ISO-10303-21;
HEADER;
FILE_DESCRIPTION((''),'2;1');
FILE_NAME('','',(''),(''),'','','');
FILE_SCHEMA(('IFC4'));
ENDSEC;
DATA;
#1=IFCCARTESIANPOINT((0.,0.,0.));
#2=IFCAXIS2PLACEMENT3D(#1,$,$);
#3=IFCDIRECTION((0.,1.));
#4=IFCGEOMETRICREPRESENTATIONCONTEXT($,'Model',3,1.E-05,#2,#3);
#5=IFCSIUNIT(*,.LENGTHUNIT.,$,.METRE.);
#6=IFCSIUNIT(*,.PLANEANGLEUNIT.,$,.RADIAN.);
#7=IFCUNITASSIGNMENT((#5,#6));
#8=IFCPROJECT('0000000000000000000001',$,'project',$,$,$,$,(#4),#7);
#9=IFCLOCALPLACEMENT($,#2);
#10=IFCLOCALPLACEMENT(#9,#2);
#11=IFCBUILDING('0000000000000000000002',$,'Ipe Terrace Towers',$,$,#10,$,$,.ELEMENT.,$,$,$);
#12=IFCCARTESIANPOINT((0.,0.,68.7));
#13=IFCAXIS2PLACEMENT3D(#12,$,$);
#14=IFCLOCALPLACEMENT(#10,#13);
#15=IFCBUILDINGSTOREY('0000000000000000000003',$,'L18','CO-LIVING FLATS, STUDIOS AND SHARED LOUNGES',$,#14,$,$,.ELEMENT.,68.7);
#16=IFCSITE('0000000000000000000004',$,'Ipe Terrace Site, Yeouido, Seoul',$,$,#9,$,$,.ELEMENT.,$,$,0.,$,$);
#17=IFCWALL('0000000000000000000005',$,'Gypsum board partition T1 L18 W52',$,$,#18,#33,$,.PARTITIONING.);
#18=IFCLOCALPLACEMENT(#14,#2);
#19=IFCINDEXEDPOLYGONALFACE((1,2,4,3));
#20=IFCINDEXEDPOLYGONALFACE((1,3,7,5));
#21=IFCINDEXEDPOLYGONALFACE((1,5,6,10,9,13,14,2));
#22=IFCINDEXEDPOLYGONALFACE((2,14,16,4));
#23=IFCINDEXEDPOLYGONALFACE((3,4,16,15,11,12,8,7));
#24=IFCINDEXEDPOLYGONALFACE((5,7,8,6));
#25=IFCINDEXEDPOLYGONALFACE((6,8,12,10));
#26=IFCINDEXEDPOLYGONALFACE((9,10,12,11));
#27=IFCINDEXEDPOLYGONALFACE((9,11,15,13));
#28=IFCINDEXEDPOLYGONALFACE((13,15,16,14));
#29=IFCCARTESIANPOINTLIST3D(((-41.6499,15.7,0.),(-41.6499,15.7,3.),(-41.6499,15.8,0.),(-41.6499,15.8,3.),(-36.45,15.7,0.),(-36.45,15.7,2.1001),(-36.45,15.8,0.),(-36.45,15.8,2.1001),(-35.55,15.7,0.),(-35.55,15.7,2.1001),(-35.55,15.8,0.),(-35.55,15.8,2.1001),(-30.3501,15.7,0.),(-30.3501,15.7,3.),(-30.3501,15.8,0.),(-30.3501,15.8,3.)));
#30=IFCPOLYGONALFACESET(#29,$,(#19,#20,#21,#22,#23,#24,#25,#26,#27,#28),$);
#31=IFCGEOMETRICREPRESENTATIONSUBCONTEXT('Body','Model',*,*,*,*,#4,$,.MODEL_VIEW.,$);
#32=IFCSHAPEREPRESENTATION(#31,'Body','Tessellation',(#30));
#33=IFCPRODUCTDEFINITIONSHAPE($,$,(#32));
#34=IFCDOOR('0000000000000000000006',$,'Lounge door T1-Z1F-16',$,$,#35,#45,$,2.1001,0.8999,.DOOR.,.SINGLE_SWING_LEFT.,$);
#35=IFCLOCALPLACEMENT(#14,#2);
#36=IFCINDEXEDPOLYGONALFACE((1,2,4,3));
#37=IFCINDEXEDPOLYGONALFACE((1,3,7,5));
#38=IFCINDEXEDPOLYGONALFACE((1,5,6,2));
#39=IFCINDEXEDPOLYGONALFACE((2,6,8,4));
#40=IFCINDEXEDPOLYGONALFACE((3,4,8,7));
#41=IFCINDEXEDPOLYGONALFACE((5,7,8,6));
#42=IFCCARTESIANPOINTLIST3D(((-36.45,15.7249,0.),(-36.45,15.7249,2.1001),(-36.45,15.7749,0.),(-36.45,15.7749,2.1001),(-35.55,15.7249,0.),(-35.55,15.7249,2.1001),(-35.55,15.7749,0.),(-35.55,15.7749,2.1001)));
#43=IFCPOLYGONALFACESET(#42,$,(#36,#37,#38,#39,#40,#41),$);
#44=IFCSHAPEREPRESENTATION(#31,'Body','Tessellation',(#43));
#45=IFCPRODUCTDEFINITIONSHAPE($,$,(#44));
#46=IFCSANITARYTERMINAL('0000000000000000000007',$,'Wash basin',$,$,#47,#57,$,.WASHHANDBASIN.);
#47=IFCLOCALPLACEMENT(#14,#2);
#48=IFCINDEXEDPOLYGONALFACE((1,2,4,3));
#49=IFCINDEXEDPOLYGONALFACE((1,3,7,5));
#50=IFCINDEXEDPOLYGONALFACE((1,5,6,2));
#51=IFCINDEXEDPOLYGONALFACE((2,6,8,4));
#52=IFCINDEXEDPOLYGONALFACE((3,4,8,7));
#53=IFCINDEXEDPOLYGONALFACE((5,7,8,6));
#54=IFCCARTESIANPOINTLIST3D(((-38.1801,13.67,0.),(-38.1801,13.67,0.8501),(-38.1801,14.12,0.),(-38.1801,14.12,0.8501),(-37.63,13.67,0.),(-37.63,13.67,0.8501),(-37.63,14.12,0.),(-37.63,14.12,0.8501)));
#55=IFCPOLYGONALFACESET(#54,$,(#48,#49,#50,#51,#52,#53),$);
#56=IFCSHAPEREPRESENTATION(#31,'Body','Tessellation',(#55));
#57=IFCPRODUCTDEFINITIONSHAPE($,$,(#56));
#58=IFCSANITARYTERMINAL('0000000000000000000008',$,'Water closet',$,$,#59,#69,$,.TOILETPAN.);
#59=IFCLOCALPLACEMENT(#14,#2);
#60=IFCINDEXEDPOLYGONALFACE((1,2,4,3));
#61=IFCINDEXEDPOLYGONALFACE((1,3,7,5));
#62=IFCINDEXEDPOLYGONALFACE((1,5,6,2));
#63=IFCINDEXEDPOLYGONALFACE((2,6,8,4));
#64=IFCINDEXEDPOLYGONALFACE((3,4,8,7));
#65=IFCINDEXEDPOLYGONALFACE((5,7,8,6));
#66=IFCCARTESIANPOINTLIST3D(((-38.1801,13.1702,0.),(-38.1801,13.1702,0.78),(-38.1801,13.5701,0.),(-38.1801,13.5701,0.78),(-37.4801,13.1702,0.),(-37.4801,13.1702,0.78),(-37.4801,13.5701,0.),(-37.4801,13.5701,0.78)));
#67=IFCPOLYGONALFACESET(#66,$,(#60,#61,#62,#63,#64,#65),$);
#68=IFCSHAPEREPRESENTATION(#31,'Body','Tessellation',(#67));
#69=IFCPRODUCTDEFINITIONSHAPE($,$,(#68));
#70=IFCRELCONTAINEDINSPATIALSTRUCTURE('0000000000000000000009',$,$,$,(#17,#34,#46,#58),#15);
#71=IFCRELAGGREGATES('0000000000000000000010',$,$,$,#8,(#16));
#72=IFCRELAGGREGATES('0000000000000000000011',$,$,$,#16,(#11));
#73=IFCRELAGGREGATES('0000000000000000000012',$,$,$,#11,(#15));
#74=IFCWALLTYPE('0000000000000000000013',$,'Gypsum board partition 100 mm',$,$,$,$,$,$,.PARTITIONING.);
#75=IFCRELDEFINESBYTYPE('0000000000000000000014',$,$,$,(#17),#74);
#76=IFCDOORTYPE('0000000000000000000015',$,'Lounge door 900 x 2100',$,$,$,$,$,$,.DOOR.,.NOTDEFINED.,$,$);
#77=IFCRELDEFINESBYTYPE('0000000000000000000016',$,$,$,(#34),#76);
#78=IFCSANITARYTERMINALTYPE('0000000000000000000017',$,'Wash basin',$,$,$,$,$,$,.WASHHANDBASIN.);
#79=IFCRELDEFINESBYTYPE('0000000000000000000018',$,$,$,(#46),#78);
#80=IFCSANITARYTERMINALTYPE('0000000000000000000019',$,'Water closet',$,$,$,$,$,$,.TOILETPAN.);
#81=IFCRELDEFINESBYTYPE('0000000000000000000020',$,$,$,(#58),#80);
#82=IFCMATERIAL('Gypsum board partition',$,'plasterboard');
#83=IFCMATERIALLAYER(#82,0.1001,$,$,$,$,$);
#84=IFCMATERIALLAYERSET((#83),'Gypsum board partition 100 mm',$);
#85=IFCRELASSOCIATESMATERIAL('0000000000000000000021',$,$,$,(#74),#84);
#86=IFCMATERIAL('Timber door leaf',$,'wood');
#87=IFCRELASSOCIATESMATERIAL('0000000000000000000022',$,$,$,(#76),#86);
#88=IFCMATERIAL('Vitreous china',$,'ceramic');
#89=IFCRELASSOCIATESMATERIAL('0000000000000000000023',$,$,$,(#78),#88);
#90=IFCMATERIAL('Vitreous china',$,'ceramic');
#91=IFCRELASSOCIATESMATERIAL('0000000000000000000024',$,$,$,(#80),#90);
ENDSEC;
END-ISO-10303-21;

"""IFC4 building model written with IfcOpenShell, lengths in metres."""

from ifc_helpers import new_model, si_unit, direction, frame, frame_2d, origin, origin_2d, place, context, subcontext, project, spatial, rectangle, extrude, material, layer, layer_set, type_object, element, fill, save


model = new_model("IFC4")

# Units and contexts
model_context = context("Model", 3, precision=1e-05, world=origin(), true_north=direction((0.0, 1.0)))
body_context = subcontext(model_context, "Body", "Model", "MODEL_VIEW")
ifc_project = project(units=[si_unit("LENGTHUNIT", "METRE"), si_unit("PLANEANGLEUNIT", "RADIAN")], contexts=[model_context])

# Site, building, storey
site_placement = place(None, origin())
site = spatial("IfcSite", under=ifc_project, at=site_placement, Name="Ipe Terrace Site, Yeouido, Seoul", CompositionType="ELEMENT", RefElevation=0.0)
building_placement = place(site_placement, origin())
building = spatial("IfcBuilding", under=site, at=building_placement, Name="Ipe Terrace Towers", CompositionType="ELEMENT")
storey_placement = place(building_placement, frame((0.0, 0.0, 68.7)))
storey = spatial("IfcBuildingStorey", under=building, at=storey_placement, Name="L18", Description="CO-LIVING FLATS, STUDIOS AND SHARED LOUNGES", CompositionType="ELEMENT", Elevation=68.7)

# Shared definitions
ifc_material_1 = material(Name="Gypsum board partition", Category="plasterboard")
ifc_layer_1 = layer(ifc_material_1, 0.1001)
ifc_layer_set_1 = layer_set([ifc_layer_1], Name="Gypsum board partition 100 mm")
wall_type_1 = type_object("IfcWallType", Name="Gypsum board partition 100 mm", PredefinedType="PARTITIONING", material=ifc_layer_set_1)

# Wall, opening, door
wall_1_placement = place(storey_placement, frame((-41.6499, 15.75, 0.0), z_axis=(0.0, 0.0, 1.0), x_axis=(1.0, 0.0, 0.0)))
wall_1 = element("IfcWall", 1, at=wall_1_placement, inside=storey, type_object=wall_type_1, Name="Gypsum board partition T1 L18 W52", PredefinedType="PARTITIONING", context=body_context, shape_type="SweptSolid", body=[
    extrude(rectangle(XDim=11.2998, YDim=0.1001, at=frame_2d((5.6499, 0.0))), origin(), (0.0, 0.0, 1.0), 3.0),
])
opening_1_placement = place(wall_1_placement, frame((5.2, 0.0, 0.0)))
opening_1 = element("IfcOpeningElement", 2, at=opening_1_placement, cuts=wall_1, PredefinedType="OPENING", context=body_context, shape_type="SweptSolid", body=[
    extrude(rectangle(XDim=0.8999, YDim=2.1001, at=frame_2d((0.45, 1.05))), frame((0.0, 0.0601, 0.0), z_axis=(0.0, -1.0, 0.0), x_axis=(1.0, 0.0, 0.0)), (0.0, 0.0, 1.0), 0.1201),
])
ifc_material_2 = material(Name="Timber door leaf", Category="wood")
door_type = type_object("IfcDoorType", Name="Lounge door 900 x 2100", OperationType="NOTDEFINED", PredefinedType="DOOR", material=ifc_material_2)
door_placement = place(opening_1_placement, origin())
door = element("IfcDoor", 3, at=door_placement, inside=storey, type_object=door_type, Name="Lounge door T1-Z1F-16", OperationType="SINGLE_SWING_LEFT", OverallHeight=2.1001, OverallWidth=0.8999, PredefinedType="DOOR", context=body_context, shape_type="SweptSolid", body=[
    extrude(rectangle(XDim=0.8999, YDim=2.1001, at=frame_2d((0.45, 1.05))), frame((0.0, 0.0249, 0.0), z_axis=(0.0, -1.0, 0.0), x_axis=(1.0, 0.0, 0.0)), (0.0, 0.0, 1.0), 0.05),
])
fill(opening_1, door)

# Sanitary terminals
ifc_material_3 = material(Name="Vitreous china", Category="ceramic")
sanitary_terminal_type_1 = type_object("IfcSanitaryTerminalType", Name="Wash basin", PredefinedType="WASHHANDBASIN", material=ifc_material_3)
sanitary_terminal_1_placement = place(storey_placement, frame((-37.905, 13.895, 0.0), z_axis=(0.0, 0.0, 1.0), x_axis=(1.0, 0.0, 0.0)))
element("IfcSanitaryTerminal", 4, at=sanitary_terminal_1_placement, inside=storey, type_object=sanitary_terminal_type_1, Name="Wash basin", PredefinedType="WASHHANDBASIN", context=body_context, shape_type="SweptSolid", body=[
    extrude(rectangle(XDim=0.55, YDim=0.45, at=origin_2d()), origin(), (0.0, 0.0, 1.0), 0.8501),
])
ifc_material_4 = material(Name="Vitreous china", Category="ceramic")
sanitary_terminal_type_2 = type_object("IfcSanitaryTerminalType", Name="Water closet", PredefinedType="TOILETPAN", material=ifc_material_4)
sanitary_terminal_2_placement = place(storey_placement, frame((-37.8301, 13.3701, 0.0), z_axis=(0.0, 0.0, 1.0), x_axis=(1.0, 0.0, 0.0)))
element("IfcSanitaryTerminal", 5, at=sanitary_terminal_2_placement, inside=storey, type_object=sanitary_terminal_type_2, Name="Water closet", PredefinedType="TOILETPAN", context=body_context, shape_type="SweptSolid", body=[
    extrude(rectangle(XDim=0.7, YDim=0.3999, at=origin_2d()), origin(), (0.0, 0.0, 1.0), 0.78),
])

save(model, "model.ifc")
